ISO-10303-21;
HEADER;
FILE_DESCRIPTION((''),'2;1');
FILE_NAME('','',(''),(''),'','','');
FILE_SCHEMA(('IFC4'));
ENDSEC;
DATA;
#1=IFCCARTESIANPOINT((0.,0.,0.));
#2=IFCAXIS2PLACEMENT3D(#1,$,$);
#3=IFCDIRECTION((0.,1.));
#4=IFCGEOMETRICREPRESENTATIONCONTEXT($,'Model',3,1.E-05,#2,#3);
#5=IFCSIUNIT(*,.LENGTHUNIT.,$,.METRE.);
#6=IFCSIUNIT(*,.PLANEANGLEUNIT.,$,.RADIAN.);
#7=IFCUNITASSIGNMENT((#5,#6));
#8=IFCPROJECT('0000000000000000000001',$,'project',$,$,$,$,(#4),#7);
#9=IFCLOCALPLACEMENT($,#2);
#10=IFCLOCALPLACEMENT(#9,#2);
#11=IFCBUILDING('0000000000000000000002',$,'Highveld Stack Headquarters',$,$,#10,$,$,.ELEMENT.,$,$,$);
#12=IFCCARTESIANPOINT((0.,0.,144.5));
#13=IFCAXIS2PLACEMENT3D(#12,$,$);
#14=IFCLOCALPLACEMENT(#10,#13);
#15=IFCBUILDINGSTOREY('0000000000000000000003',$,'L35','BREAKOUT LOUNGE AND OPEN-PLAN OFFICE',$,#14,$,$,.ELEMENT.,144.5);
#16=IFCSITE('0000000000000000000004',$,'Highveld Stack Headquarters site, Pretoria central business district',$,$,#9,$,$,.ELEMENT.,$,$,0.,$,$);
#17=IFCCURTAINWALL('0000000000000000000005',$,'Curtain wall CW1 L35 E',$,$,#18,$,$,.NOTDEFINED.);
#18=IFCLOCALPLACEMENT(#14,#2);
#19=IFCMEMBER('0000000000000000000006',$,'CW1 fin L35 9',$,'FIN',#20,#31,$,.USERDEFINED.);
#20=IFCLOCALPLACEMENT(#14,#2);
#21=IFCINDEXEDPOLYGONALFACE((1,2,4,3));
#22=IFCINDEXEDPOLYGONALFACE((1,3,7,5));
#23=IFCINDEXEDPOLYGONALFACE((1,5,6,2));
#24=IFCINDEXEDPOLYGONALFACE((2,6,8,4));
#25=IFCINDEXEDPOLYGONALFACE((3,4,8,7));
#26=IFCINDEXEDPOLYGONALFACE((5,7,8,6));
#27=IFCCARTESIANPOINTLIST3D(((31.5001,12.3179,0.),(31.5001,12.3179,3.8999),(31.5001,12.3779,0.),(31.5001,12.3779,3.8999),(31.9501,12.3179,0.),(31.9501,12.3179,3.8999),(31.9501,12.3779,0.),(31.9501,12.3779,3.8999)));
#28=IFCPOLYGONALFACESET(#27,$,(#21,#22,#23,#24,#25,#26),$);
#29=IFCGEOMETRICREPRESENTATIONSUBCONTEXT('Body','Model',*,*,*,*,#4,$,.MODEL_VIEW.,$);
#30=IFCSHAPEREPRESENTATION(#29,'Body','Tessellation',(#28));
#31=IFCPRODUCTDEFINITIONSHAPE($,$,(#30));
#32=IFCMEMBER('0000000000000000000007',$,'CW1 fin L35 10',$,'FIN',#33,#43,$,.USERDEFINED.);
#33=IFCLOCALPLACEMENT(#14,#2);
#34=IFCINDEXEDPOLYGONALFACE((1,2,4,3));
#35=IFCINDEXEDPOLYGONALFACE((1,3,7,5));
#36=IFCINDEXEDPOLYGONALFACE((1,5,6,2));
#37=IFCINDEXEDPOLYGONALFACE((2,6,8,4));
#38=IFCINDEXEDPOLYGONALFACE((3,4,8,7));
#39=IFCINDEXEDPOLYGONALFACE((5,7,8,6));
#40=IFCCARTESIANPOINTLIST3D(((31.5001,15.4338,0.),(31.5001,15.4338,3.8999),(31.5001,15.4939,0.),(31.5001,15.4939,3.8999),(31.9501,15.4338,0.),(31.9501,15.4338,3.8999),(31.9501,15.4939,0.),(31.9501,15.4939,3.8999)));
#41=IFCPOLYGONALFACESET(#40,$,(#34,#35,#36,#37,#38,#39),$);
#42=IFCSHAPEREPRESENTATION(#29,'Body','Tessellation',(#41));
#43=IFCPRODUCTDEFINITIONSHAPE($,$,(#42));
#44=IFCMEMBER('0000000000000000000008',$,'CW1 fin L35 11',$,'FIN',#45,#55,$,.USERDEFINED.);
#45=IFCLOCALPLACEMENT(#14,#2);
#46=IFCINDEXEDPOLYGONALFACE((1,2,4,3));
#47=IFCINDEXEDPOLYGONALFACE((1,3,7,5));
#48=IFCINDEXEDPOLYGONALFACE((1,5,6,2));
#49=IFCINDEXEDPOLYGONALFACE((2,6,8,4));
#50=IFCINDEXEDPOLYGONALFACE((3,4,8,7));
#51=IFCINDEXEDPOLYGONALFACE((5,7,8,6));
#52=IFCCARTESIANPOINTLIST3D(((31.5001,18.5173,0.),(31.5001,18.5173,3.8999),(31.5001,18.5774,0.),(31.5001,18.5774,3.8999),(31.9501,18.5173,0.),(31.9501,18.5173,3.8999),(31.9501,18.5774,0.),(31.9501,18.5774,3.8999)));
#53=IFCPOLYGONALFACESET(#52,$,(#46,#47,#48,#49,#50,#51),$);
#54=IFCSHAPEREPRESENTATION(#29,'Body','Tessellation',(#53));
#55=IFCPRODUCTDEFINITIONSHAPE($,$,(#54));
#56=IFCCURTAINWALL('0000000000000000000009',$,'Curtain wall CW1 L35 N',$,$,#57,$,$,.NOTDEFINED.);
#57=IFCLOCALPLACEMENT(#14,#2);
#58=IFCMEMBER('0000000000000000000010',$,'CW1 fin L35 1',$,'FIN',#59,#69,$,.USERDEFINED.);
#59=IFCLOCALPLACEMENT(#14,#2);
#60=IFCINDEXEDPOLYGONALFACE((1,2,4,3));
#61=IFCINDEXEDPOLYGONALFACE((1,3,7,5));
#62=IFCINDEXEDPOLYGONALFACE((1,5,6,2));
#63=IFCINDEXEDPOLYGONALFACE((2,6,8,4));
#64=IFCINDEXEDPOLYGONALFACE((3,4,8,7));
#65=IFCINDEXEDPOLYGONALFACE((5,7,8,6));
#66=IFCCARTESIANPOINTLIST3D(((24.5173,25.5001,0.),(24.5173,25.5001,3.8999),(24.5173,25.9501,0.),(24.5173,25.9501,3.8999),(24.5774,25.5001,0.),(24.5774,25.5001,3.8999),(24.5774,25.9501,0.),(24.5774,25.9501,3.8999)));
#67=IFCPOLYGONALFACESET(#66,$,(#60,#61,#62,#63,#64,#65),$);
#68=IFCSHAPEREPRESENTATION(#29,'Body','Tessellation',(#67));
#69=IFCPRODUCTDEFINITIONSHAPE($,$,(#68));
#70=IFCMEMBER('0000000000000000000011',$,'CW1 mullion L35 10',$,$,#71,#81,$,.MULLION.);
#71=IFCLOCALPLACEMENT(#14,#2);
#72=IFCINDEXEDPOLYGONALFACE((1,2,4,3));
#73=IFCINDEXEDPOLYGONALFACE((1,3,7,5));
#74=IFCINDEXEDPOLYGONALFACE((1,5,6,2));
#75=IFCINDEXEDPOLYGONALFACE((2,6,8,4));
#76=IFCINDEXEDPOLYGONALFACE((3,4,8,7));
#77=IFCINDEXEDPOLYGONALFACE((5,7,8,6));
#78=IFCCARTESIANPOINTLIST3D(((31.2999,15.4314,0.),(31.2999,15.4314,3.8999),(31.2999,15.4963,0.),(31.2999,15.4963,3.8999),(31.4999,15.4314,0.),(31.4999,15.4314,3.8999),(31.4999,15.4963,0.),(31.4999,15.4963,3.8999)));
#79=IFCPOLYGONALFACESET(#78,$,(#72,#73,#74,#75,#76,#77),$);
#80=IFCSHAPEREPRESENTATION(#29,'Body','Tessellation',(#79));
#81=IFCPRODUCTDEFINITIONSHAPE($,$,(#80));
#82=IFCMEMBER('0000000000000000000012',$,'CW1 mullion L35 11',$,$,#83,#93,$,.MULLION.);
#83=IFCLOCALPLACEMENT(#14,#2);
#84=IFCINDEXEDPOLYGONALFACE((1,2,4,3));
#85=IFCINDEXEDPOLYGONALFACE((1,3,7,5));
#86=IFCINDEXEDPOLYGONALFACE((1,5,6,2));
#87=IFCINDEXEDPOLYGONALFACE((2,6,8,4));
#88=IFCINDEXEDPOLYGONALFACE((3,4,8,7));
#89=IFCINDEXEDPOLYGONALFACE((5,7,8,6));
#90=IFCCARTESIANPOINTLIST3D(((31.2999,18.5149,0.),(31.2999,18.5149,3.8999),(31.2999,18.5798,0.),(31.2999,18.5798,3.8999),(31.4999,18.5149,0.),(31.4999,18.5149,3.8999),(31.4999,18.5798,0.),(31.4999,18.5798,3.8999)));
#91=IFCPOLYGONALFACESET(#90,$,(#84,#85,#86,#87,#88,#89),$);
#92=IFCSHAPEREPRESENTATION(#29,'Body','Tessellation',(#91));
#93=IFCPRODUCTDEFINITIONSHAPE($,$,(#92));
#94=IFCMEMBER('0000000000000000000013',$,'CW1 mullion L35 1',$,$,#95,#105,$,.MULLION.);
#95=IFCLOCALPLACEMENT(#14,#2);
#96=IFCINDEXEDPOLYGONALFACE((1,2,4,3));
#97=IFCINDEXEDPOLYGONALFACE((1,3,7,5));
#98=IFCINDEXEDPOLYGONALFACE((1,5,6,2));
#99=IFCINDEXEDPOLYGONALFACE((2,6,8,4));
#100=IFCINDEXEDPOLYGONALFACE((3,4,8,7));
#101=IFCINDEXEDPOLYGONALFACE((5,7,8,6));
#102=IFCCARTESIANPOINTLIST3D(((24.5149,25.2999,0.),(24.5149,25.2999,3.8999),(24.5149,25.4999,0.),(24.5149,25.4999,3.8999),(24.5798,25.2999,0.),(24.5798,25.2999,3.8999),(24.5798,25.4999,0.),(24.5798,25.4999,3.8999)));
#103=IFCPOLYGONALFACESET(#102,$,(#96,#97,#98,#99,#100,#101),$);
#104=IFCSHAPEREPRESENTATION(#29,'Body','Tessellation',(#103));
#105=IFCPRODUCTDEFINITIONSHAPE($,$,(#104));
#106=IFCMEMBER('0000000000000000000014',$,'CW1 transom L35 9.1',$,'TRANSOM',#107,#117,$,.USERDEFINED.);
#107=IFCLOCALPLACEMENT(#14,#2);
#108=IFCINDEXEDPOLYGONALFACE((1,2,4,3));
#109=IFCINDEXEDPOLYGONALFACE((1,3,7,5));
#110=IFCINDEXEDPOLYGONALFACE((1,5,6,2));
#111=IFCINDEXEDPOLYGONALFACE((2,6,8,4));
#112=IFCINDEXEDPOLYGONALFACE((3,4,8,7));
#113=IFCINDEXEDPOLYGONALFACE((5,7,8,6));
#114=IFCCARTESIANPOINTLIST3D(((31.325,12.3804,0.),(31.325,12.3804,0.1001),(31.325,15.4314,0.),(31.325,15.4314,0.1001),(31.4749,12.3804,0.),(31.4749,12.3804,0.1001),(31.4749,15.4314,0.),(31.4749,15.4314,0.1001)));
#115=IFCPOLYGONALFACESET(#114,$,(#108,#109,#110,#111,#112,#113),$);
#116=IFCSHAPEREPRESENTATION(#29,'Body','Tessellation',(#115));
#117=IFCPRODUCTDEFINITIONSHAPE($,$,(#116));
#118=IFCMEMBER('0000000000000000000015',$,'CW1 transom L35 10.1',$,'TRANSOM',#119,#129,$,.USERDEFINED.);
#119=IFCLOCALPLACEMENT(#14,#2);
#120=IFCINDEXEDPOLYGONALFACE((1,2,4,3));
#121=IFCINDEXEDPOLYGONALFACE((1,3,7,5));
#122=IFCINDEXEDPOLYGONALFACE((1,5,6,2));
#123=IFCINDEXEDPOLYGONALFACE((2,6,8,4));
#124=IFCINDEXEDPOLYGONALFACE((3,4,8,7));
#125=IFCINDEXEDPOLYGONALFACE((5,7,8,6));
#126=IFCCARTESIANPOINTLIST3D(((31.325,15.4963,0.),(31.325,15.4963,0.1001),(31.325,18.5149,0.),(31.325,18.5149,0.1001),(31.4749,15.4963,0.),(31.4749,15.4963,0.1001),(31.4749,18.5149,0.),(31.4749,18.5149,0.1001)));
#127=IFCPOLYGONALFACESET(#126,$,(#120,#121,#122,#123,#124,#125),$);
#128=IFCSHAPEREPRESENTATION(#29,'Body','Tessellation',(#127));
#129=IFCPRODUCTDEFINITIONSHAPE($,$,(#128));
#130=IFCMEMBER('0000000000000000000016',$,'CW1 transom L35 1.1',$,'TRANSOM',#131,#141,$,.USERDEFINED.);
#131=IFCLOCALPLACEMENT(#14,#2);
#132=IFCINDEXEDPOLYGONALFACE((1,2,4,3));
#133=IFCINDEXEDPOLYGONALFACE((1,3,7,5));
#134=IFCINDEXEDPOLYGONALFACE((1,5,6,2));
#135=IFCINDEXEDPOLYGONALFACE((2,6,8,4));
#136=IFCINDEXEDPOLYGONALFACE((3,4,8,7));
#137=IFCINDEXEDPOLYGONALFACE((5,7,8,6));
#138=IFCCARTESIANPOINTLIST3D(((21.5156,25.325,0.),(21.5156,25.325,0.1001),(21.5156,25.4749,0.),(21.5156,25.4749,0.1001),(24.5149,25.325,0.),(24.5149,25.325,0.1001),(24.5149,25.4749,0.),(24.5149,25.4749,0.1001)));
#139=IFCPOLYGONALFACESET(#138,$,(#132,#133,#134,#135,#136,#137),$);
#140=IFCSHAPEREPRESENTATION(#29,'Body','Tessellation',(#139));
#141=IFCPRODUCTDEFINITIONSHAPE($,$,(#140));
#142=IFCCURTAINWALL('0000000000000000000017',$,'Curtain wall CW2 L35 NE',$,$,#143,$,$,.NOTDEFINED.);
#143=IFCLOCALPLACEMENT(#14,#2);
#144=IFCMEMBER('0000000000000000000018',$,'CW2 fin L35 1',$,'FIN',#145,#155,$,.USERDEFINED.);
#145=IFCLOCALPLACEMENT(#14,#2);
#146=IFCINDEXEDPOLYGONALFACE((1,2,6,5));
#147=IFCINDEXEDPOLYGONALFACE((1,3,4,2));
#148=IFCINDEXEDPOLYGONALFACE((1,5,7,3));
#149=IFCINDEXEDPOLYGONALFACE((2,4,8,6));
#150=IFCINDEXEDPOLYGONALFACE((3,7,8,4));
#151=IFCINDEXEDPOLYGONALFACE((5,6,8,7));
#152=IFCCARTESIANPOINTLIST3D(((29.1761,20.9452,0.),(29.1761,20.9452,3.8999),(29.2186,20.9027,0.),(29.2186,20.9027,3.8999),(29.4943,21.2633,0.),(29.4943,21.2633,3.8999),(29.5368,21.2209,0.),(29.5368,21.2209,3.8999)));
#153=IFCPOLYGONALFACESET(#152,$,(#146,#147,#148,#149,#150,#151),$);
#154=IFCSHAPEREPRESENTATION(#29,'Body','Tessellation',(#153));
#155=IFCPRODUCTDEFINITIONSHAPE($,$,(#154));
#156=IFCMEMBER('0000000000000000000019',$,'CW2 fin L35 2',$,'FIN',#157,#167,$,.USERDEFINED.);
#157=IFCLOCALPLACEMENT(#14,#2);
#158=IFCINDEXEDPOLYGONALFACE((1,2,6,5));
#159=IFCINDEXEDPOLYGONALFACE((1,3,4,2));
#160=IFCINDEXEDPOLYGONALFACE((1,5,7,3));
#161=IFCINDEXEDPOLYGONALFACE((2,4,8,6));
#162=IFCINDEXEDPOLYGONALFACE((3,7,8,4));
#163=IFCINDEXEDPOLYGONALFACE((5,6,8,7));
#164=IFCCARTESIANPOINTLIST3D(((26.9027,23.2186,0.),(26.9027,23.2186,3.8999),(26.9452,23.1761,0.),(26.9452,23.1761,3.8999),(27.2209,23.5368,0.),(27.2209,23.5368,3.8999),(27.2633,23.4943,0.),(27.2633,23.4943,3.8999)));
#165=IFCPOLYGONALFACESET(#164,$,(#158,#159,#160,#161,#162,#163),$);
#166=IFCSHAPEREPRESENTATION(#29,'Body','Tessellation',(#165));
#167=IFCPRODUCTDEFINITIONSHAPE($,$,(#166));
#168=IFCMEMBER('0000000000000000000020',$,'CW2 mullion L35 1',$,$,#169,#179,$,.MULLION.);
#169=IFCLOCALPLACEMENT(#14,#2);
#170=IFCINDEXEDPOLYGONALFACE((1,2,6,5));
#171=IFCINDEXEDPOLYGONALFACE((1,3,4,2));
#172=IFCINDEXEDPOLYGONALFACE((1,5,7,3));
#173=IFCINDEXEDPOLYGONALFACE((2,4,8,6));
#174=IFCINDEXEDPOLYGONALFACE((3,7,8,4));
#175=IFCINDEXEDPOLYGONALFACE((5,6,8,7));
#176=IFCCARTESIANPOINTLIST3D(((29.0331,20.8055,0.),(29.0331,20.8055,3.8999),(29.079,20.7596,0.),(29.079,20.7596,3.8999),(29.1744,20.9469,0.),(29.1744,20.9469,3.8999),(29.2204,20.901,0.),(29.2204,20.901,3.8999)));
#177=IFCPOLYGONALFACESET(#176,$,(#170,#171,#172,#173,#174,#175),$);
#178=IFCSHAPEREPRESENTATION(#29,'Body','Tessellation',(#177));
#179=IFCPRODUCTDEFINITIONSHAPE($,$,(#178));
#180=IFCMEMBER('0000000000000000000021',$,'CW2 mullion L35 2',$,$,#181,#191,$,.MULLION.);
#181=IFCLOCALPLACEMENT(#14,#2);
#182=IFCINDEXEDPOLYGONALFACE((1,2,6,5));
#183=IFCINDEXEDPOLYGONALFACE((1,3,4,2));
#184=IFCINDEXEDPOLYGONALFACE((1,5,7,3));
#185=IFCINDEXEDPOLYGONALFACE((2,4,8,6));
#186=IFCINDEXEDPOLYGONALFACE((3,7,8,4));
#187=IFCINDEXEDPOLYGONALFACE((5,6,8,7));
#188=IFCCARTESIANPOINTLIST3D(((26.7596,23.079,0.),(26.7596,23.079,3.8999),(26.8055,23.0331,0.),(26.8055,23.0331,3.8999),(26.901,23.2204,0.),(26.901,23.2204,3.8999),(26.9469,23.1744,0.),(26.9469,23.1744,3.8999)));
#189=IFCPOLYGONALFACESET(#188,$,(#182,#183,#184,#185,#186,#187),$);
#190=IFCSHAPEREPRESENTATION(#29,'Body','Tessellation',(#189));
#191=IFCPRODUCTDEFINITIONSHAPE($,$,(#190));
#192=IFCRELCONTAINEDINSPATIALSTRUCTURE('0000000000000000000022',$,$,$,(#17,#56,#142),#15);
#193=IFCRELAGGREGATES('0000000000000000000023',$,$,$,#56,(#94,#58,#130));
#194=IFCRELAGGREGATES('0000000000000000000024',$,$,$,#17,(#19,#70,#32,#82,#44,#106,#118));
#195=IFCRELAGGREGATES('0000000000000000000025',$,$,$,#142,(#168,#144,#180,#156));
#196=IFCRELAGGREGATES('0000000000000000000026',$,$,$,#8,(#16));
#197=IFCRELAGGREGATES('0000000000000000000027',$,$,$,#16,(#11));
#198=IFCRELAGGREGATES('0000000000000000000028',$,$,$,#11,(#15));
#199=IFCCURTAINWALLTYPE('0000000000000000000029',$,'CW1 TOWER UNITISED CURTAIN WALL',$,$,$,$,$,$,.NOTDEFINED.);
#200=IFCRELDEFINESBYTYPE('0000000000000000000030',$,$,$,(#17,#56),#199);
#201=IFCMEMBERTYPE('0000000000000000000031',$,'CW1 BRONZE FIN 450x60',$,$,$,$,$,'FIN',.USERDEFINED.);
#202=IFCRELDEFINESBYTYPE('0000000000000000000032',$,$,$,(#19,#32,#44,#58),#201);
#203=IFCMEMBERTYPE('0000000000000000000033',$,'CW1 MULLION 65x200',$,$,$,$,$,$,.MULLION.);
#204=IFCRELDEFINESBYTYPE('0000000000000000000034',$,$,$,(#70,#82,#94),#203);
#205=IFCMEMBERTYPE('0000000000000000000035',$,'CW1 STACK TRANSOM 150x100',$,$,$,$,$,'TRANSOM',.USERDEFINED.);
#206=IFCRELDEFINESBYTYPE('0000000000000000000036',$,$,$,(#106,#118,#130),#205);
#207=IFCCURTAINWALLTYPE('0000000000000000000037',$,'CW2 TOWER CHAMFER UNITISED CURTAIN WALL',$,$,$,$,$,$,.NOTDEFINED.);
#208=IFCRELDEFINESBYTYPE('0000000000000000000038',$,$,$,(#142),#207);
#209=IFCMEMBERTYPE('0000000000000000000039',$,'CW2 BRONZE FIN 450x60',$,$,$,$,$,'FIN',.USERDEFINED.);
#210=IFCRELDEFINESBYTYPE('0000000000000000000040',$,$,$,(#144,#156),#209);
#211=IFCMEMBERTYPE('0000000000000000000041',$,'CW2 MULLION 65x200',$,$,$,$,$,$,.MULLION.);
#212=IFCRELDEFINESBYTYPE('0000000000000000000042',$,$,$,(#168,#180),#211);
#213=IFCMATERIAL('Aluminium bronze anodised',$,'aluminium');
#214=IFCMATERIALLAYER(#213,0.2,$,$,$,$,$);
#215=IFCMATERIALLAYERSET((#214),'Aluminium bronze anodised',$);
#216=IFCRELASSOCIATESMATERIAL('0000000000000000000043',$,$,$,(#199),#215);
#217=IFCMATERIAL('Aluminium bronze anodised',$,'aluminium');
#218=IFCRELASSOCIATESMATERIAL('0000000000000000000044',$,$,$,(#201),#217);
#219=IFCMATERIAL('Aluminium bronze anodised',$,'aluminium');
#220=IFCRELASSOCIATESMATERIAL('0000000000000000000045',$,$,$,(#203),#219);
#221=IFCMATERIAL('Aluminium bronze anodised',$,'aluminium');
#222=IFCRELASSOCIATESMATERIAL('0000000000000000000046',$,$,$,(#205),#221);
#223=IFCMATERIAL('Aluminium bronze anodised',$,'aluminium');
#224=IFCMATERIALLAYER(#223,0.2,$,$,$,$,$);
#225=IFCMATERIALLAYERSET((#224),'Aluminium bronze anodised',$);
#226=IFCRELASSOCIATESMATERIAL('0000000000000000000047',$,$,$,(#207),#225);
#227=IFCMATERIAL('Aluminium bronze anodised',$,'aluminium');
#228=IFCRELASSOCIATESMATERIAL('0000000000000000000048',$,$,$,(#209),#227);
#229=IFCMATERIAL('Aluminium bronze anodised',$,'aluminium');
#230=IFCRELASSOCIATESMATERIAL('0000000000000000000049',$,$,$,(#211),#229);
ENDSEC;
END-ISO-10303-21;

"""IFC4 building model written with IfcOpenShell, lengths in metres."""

from ifc_helpers import new_model, si_unit, direction, frame, origin, origin_2d, place, context, subcontext, project, spatial, rectangle, extrude, material, layer, layer_set, material_profile, profile_set, type_object, element, aggregate, save


model = new_model("IFC4")

# Units and contexts
model_context = context("Model", 3, precision=1e-05, world=origin(), true_north=direction((0.0, 1.0)))
body_context = subcontext(model_context, "Body", "Model", "MODEL_VIEW")
ifc_project = project(units=[si_unit("LENGTHUNIT", "METRE"), si_unit("PLANEANGLEUNIT", "RADIAN")], contexts=[model_context])

# Site, building, storey
site_placement = place(None, origin())
site = spatial("IfcSite", under=ifc_project, at=site_placement, Name="Highveld Stack Headquarters site, Pretoria central business district", CompositionType="ELEMENT", RefElevation=0.0)
building_placement = place(site_placement, origin())
building = spatial("IfcBuilding", under=site, at=building_placement, Name="Highveld Stack Headquarters", CompositionType="ELEMENT")
storey_placement = place(building_placement, frame((0.0, 0.0, 144.5)))
storey = spatial("IfcBuildingStorey", under=building, at=storey_placement, Name="L35", Description="BREAKOUT LOUNGE AND OPEN-PLAN OFFICE", CompositionType="ELEMENT", Elevation=144.5)

# Curtain wall, members
ifc_material_1 = material(Name="Aluminium bronze anodised", Category="aluminium")
ifc_layer_1 = layer(ifc_material_1, 0.2)
ifc_layer_set_1 = layer_set([ifc_layer_1], Name="Aluminium bronze anodised")
curtain_wall_type_1 = type_object("IfcCurtainWallType", Name="CW1 TOWER UNITISED CURTAIN WALL", PredefinedType="NOTDEFINED", material=ifc_layer_set_1)
curtain_wall_1_placement = place(storey_placement, origin())
curtain_wall_1 = element("IfcCurtainWall", 1, at=curtain_wall_1_placement, inside=storey, type_object=curtain_wall_type_1, Name="Curtain wall CW1 L35 E", PredefinedType="NOTDEFINED")
ifc_material_2 = material(Name="Aluminium bronze anodised", Category="aluminium")
ifc_material_profile_1 = material_profile(ifc_material_2, rectangle(XDim=0.45, YDim=0.0601, at=origin_2d()), Name="FIN 450x60")
ifc_profile_set_1 = profile_set([ifc_material_profile_1], Name="Aluminium bronze anodised")
member_type_1 = type_object("IfcMemberType", Name="CW1 BRONZE FIN 450x60", ElementType="FIN", PredefinedType="USERDEFINED", material=ifc_profile_set_1)
member_1_placement = place(storey_placement, frame((31.7251, 12.3479, 0.0), z_axis=(0.0, 0.0, 1.0), x_axis=(-1.0, 0.0, 0.0)))
member_1 = element("IfcMember", 2, at=member_1_placement, type_object=member_type_1, Name="CW1 fin L35 9", ObjectType="FIN", PredefinedType="USERDEFINED", context=body_context, shape_type="SweptSolid", body=[
    extrude(rectangle(XDim=0.45, YDim=0.0601, at=origin_2d()), origin(), (0.0, 0.0, 1.0), 3.8999),
])
member_2_placement = place(storey_placement, frame((31.7251, 15.4639, 0.0), z_axis=(0.0, 0.0, 1.0), x_axis=(-1.0, 0.0, 0.0)))
member_2 = element("IfcMember", 3, at=member_2_placement, type_object=member_type_1, Name="CW1 fin L35 10", ObjectType="FIN", PredefinedType="USERDEFINED", context=body_context, shape_type="SweptSolid", body=[
    extrude(rectangle(XDim=0.45, YDim=0.0601, at=origin_2d()), origin(), (0.0, 0.0, 1.0), 3.8999),
])
member_3_placement = place(storey_placement, frame((31.7251, 18.5474, 0.0), z_axis=(0.0, 0.0, 1.0), x_axis=(-1.0, 0.0, 0.0)))
member_3 = element("IfcMember", 4, at=member_3_placement, type_object=member_type_1, Name="CW1 fin L35 11", ObjectType="FIN", PredefinedType="USERDEFINED", context=body_context, shape_type="SweptSolid", body=[
    extrude(rectangle(XDim=0.45, YDim=0.0601, at=origin_2d()), origin(), (0.0, 0.0, 1.0), 3.8999),
])

# Curtain wall, member
curtain_wall_2_placement = place(storey_placement, origin())
curtain_wall_2 = element("IfcCurtainWall", 5, at=curtain_wall_2_placement, inside=storey, type_object=curtain_wall_type_1, Name="Curtain wall CW1 L35 N", PredefinedType="NOTDEFINED")
member_4_placement = place(storey_placement, frame((24.5474, 25.7251, 0.0), z_axis=(0.0, 0.0, 1.0), x_axis=(0.0, -1.0, 0.0)))
member_4 = element("IfcMember", 6, at=member_4_placement, type_object=member_type_1, Name="CW1 fin L35 1", ObjectType="FIN", PredefinedType="USERDEFINED", context=body_context, shape_type="SweptSolid", body=[
    extrude(rectangle(XDim=0.45, YDim=0.0601, at=origin_2d()), origin(), (0.0, 0.0, 1.0), 3.8999),
])

# Members
ifc_material_3 = material(Name="Aluminium bronze anodised", Category="aluminium")
ifc_material_profile_2 = material_profile(ifc_material_3, rectangle(XDim=0.2, YDim=0.0649, at=origin_2d()), Name="CW1 MULLION 65x200")
ifc_profile_set_2 = profile_set([ifc_material_profile_2], Name="Aluminium bronze anodised")
member_type_2 = type_object("IfcMemberType", Name="CW1 MULLION 65x200", PredefinedType="MULLION", material=ifc_profile_set_2)
member_5_placement = place(storey_placement, frame((31.3999, 15.4639, 0.0), z_axis=(0.0, 0.0, 1.0), x_axis=(-1.0, 0.0, 0.0)))
member_5 = element("IfcMember", 7, at=member_5_placement, type_object=member_type_2, Name="CW1 mullion L35 10", PredefinedType="MULLION", context=body_context, shape_type="SweptSolid", body=[
    extrude(rectangle(XDim=0.2, YDim=0.0649, at=origin_2d()), origin(), (0.0, 0.0, 1.0), 3.8999),
])
member_6_placement = place(storey_placement, frame((31.3999, 18.5474, 0.0), z_axis=(0.0, 0.0, 1.0), x_axis=(-1.0, 0.0, 0.0)))
member_6 = element("IfcMember", 8, at=member_6_placement, type_object=member_type_2, Name="CW1 mullion L35 11", PredefinedType="MULLION", context=body_context, shape_type="SweptSolid", body=[
    extrude(rectangle(XDim=0.2, YDim=0.0649, at=origin_2d()), origin(), (0.0, 0.0, 1.0), 3.8999),
])
member_7_placement = place(storey_placement, frame((24.5474, 25.3999, 0.0), z_axis=(0.0, 0.0, 1.0), x_axis=(0.0, -1.0, 0.0)))
member_7 = element("IfcMember", 9, at=member_7_placement, type_object=member_type_2, Name="CW1 mullion L35 1", PredefinedType="MULLION", context=body_context, shape_type="SweptSolid", body=[
    extrude(rectangle(XDim=0.2, YDim=0.0649, at=origin_2d()), origin(), (0.0, 0.0, 1.0), 3.8999),
])
ifc_material_4 = material(Name="Aluminium bronze anodised", Category="aluminium")
ifc_material_profile_3 = material_profile(ifc_material_4, rectangle(XDim=0.1499, YDim=0.1001, at=origin_2d()), Name="CW1 TRANSOM 150x100")
ifc_profile_set_3 = profile_set([ifc_material_profile_3], Name="Aluminium bronze anodised")
member_type_3 = type_object("IfcMemberType", Name="CW1 STACK TRANSOM 150x100", ElementType="TRANSOM", PredefinedType="USERDEFINED", material=ifc_profile_set_3)
member_8_placement = place(storey_placement, frame((31.3999, 12.3804, 0.05), z_axis=(0.0, 1.0, 0.0), x_axis=(-1.0, 0.0, 0.0)))
member_8 = element("IfcMember", 10, at=member_8_placement, type_object=member_type_3, Name="CW1 transom L35 9.1", ObjectType="TRANSOM", PredefinedType="USERDEFINED", context=body_context, shape_type="SweptSolid", body=[
    extrude(rectangle(XDim=0.1499, YDim=0.1001, at=origin_2d()), origin(), (0.0, 0.0, 1.0), 3.051),
])
member_9_placement = place(storey_placement, frame((31.3999, 15.4963, 0.05), z_axis=(0.0, 1.0, 0.0), x_axis=(-1.0, 0.0, 0.0)))
member_9 = element("IfcMember", 11, at=member_9_placement, type_object=member_type_3, Name="CW1 transom L35 10.1", ObjectType="TRANSOM", PredefinedType="USERDEFINED", context=body_context, shape_type="SweptSolid", body=[
    extrude(rectangle(XDim=0.1499, YDim=0.1001, at=origin_2d()), origin(), (0.0, 0.0, 1.0), 3.0186),
])
member_10_placement = place(storey_placement, frame((24.5149, 25.3999, 0.05), z_axis=(-1.0, 0.0, 0.0), x_axis=(0.0, -1.0, 0.0)))
member_10 = element("IfcMember", 12, at=member_10_placement, type_object=member_type_3, Name="CW1 transom L35 1.1", ObjectType="TRANSOM", PredefinedType="USERDEFINED", context=body_context, shape_type="SweptSolid", body=[
    extrude(rectangle(XDim=0.1499, YDim=0.1001, at=origin_2d()), origin(), (0.0, 0.0, 1.0), 2.9993),
])
aggregate(curtain_wall_2, [member_7, member_4, member_10])

# Curtain wall, members
ifc_material_5 = material(Name="Aluminium bronze anodised", Category="aluminium")
ifc_layer_2 = layer(ifc_material_5, 0.2)
ifc_layer_set_2 = layer_set([ifc_layer_2], Name="Aluminium bronze anodised")
curtain_wall_type_2 = type_object("IfcCurtainWallType", Name="CW2 TOWER CHAMFER UNITISED CURTAIN WALL", PredefinedType="NOTDEFINED", material=ifc_layer_set_2)
curtain_wall_3_placement = place(storey_placement, origin())
curtain_wall_3 = element("IfcCurtainWall", 13, at=curtain_wall_3_placement, inside=storey, type_object=curtain_wall_type_2, Name="Curtain wall CW2 L35 NE", PredefinedType="NOTDEFINED")
ifc_material_6 = material(Name="Aluminium bronze anodised", Category="aluminium")
ifc_material_profile_4 = material_profile(ifc_material_6, rectangle(XDim=0.45, YDim=0.0601, at=origin_2d()), Name="FIN 450x60")
ifc_profile_set_4 = profile_set([ifc_material_profile_4], Name="Aluminium bronze anodised")
member_type_4 = type_object("IfcMemberType", Name="CW2 BRONZE FIN 450x60", ElementType="FIN", PredefinedType="USERDEFINED", material=ifc_profile_set_4)
member_11_placement = place(storey_placement, frame((29.3564, 21.083, 0.0), z_axis=(0.0, 0.0, 1.0), x_axis=(-0.707107, -0.707107, 0.0)))
member_11 = element("IfcMember", 14, at=member_11_placement, type_object=member_type_4, Name="CW2 fin L35 1", ObjectType="FIN", PredefinedType="USERDEFINED", context=body_context, shape_type="SweptSolid", body=[
    extrude(rectangle(XDim=0.45, YDim=0.0601, at=origin_2d()), origin(), (0.0, 0.0, 1.0), 3.8999),
])
member_12_placement = place(storey_placement, frame((27.083, 23.3564, 0.0), z_axis=(0.0, 0.0, 1.0), x_axis=(-0.707107, -0.707107, 0.0)))
member_12 = element("IfcMember", 15, at=member_12_placement, type_object=member_type_4, Name="CW2 fin L35 2", ObjectType="FIN", PredefinedType="USERDEFINED", context=body_context, shape_type="SweptSolid", body=[
    extrude(rectangle(XDim=0.45, YDim=0.0601, at=origin_2d()), origin(), (0.0, 0.0, 1.0), 3.8999),
])
ifc_material_7 = material(Name="Aluminium bronze anodised", Category="aluminium")
ifc_material_profile_5 = material_profile(ifc_material_7, rectangle(XDim=0.2, YDim=0.0649, at=origin_2d()), Name="CW2 MULLION 65x200")
ifc_profile_set_5 = profile_set([ifc_material_profile_5], Name="Aluminium bronze anodised")
member_type_5 = type_object("IfcMemberType", Name="CW2 MULLION 65x200", PredefinedType="MULLION", material=ifc_profile_set_5)
member_13_placement = place(storey_placement, frame((29.1267, 20.8533, 0.0), z_axis=(0.0, 0.0, 1.0), x_axis=(-0.707107, -0.707107, 0.0)))
member_13 = element("IfcMember", 16, at=member_13_placement, type_object=member_type_5, Name="CW2 mullion L35 1", PredefinedType="MULLION", context=body_context, shape_type="SweptSolid", body=[
    extrude(rectangle(XDim=0.2, YDim=0.0649, at=origin_2d()), origin(), (0.0, 0.0, 1.0), 3.8999),
])
member_14_placement = place(storey_placement, frame((26.8533, 23.1267, 0.0), z_axis=(0.0, 0.0, 1.0), x_axis=(-0.707107, -0.707107, 0.0)))
member_14 = element("IfcMember", 17, at=member_14_placement, type_object=member_type_5, Name="CW2 mullion L35 2", PredefinedType="MULLION", context=body_context, shape_type="SweptSolid", body=[
    extrude(rectangle(XDim=0.2, YDim=0.0649, at=origin_2d()), origin(), (0.0, 0.0, 1.0), 3.8999),
])

aggregate(curtain_wall_1, [member_1, member_5, member_2, member_6, member_3, member_8, member_9])
aggregate(curtain_wall_3, [member_13, member_11, member_14, member_12])

save(model, "model.ifc")
